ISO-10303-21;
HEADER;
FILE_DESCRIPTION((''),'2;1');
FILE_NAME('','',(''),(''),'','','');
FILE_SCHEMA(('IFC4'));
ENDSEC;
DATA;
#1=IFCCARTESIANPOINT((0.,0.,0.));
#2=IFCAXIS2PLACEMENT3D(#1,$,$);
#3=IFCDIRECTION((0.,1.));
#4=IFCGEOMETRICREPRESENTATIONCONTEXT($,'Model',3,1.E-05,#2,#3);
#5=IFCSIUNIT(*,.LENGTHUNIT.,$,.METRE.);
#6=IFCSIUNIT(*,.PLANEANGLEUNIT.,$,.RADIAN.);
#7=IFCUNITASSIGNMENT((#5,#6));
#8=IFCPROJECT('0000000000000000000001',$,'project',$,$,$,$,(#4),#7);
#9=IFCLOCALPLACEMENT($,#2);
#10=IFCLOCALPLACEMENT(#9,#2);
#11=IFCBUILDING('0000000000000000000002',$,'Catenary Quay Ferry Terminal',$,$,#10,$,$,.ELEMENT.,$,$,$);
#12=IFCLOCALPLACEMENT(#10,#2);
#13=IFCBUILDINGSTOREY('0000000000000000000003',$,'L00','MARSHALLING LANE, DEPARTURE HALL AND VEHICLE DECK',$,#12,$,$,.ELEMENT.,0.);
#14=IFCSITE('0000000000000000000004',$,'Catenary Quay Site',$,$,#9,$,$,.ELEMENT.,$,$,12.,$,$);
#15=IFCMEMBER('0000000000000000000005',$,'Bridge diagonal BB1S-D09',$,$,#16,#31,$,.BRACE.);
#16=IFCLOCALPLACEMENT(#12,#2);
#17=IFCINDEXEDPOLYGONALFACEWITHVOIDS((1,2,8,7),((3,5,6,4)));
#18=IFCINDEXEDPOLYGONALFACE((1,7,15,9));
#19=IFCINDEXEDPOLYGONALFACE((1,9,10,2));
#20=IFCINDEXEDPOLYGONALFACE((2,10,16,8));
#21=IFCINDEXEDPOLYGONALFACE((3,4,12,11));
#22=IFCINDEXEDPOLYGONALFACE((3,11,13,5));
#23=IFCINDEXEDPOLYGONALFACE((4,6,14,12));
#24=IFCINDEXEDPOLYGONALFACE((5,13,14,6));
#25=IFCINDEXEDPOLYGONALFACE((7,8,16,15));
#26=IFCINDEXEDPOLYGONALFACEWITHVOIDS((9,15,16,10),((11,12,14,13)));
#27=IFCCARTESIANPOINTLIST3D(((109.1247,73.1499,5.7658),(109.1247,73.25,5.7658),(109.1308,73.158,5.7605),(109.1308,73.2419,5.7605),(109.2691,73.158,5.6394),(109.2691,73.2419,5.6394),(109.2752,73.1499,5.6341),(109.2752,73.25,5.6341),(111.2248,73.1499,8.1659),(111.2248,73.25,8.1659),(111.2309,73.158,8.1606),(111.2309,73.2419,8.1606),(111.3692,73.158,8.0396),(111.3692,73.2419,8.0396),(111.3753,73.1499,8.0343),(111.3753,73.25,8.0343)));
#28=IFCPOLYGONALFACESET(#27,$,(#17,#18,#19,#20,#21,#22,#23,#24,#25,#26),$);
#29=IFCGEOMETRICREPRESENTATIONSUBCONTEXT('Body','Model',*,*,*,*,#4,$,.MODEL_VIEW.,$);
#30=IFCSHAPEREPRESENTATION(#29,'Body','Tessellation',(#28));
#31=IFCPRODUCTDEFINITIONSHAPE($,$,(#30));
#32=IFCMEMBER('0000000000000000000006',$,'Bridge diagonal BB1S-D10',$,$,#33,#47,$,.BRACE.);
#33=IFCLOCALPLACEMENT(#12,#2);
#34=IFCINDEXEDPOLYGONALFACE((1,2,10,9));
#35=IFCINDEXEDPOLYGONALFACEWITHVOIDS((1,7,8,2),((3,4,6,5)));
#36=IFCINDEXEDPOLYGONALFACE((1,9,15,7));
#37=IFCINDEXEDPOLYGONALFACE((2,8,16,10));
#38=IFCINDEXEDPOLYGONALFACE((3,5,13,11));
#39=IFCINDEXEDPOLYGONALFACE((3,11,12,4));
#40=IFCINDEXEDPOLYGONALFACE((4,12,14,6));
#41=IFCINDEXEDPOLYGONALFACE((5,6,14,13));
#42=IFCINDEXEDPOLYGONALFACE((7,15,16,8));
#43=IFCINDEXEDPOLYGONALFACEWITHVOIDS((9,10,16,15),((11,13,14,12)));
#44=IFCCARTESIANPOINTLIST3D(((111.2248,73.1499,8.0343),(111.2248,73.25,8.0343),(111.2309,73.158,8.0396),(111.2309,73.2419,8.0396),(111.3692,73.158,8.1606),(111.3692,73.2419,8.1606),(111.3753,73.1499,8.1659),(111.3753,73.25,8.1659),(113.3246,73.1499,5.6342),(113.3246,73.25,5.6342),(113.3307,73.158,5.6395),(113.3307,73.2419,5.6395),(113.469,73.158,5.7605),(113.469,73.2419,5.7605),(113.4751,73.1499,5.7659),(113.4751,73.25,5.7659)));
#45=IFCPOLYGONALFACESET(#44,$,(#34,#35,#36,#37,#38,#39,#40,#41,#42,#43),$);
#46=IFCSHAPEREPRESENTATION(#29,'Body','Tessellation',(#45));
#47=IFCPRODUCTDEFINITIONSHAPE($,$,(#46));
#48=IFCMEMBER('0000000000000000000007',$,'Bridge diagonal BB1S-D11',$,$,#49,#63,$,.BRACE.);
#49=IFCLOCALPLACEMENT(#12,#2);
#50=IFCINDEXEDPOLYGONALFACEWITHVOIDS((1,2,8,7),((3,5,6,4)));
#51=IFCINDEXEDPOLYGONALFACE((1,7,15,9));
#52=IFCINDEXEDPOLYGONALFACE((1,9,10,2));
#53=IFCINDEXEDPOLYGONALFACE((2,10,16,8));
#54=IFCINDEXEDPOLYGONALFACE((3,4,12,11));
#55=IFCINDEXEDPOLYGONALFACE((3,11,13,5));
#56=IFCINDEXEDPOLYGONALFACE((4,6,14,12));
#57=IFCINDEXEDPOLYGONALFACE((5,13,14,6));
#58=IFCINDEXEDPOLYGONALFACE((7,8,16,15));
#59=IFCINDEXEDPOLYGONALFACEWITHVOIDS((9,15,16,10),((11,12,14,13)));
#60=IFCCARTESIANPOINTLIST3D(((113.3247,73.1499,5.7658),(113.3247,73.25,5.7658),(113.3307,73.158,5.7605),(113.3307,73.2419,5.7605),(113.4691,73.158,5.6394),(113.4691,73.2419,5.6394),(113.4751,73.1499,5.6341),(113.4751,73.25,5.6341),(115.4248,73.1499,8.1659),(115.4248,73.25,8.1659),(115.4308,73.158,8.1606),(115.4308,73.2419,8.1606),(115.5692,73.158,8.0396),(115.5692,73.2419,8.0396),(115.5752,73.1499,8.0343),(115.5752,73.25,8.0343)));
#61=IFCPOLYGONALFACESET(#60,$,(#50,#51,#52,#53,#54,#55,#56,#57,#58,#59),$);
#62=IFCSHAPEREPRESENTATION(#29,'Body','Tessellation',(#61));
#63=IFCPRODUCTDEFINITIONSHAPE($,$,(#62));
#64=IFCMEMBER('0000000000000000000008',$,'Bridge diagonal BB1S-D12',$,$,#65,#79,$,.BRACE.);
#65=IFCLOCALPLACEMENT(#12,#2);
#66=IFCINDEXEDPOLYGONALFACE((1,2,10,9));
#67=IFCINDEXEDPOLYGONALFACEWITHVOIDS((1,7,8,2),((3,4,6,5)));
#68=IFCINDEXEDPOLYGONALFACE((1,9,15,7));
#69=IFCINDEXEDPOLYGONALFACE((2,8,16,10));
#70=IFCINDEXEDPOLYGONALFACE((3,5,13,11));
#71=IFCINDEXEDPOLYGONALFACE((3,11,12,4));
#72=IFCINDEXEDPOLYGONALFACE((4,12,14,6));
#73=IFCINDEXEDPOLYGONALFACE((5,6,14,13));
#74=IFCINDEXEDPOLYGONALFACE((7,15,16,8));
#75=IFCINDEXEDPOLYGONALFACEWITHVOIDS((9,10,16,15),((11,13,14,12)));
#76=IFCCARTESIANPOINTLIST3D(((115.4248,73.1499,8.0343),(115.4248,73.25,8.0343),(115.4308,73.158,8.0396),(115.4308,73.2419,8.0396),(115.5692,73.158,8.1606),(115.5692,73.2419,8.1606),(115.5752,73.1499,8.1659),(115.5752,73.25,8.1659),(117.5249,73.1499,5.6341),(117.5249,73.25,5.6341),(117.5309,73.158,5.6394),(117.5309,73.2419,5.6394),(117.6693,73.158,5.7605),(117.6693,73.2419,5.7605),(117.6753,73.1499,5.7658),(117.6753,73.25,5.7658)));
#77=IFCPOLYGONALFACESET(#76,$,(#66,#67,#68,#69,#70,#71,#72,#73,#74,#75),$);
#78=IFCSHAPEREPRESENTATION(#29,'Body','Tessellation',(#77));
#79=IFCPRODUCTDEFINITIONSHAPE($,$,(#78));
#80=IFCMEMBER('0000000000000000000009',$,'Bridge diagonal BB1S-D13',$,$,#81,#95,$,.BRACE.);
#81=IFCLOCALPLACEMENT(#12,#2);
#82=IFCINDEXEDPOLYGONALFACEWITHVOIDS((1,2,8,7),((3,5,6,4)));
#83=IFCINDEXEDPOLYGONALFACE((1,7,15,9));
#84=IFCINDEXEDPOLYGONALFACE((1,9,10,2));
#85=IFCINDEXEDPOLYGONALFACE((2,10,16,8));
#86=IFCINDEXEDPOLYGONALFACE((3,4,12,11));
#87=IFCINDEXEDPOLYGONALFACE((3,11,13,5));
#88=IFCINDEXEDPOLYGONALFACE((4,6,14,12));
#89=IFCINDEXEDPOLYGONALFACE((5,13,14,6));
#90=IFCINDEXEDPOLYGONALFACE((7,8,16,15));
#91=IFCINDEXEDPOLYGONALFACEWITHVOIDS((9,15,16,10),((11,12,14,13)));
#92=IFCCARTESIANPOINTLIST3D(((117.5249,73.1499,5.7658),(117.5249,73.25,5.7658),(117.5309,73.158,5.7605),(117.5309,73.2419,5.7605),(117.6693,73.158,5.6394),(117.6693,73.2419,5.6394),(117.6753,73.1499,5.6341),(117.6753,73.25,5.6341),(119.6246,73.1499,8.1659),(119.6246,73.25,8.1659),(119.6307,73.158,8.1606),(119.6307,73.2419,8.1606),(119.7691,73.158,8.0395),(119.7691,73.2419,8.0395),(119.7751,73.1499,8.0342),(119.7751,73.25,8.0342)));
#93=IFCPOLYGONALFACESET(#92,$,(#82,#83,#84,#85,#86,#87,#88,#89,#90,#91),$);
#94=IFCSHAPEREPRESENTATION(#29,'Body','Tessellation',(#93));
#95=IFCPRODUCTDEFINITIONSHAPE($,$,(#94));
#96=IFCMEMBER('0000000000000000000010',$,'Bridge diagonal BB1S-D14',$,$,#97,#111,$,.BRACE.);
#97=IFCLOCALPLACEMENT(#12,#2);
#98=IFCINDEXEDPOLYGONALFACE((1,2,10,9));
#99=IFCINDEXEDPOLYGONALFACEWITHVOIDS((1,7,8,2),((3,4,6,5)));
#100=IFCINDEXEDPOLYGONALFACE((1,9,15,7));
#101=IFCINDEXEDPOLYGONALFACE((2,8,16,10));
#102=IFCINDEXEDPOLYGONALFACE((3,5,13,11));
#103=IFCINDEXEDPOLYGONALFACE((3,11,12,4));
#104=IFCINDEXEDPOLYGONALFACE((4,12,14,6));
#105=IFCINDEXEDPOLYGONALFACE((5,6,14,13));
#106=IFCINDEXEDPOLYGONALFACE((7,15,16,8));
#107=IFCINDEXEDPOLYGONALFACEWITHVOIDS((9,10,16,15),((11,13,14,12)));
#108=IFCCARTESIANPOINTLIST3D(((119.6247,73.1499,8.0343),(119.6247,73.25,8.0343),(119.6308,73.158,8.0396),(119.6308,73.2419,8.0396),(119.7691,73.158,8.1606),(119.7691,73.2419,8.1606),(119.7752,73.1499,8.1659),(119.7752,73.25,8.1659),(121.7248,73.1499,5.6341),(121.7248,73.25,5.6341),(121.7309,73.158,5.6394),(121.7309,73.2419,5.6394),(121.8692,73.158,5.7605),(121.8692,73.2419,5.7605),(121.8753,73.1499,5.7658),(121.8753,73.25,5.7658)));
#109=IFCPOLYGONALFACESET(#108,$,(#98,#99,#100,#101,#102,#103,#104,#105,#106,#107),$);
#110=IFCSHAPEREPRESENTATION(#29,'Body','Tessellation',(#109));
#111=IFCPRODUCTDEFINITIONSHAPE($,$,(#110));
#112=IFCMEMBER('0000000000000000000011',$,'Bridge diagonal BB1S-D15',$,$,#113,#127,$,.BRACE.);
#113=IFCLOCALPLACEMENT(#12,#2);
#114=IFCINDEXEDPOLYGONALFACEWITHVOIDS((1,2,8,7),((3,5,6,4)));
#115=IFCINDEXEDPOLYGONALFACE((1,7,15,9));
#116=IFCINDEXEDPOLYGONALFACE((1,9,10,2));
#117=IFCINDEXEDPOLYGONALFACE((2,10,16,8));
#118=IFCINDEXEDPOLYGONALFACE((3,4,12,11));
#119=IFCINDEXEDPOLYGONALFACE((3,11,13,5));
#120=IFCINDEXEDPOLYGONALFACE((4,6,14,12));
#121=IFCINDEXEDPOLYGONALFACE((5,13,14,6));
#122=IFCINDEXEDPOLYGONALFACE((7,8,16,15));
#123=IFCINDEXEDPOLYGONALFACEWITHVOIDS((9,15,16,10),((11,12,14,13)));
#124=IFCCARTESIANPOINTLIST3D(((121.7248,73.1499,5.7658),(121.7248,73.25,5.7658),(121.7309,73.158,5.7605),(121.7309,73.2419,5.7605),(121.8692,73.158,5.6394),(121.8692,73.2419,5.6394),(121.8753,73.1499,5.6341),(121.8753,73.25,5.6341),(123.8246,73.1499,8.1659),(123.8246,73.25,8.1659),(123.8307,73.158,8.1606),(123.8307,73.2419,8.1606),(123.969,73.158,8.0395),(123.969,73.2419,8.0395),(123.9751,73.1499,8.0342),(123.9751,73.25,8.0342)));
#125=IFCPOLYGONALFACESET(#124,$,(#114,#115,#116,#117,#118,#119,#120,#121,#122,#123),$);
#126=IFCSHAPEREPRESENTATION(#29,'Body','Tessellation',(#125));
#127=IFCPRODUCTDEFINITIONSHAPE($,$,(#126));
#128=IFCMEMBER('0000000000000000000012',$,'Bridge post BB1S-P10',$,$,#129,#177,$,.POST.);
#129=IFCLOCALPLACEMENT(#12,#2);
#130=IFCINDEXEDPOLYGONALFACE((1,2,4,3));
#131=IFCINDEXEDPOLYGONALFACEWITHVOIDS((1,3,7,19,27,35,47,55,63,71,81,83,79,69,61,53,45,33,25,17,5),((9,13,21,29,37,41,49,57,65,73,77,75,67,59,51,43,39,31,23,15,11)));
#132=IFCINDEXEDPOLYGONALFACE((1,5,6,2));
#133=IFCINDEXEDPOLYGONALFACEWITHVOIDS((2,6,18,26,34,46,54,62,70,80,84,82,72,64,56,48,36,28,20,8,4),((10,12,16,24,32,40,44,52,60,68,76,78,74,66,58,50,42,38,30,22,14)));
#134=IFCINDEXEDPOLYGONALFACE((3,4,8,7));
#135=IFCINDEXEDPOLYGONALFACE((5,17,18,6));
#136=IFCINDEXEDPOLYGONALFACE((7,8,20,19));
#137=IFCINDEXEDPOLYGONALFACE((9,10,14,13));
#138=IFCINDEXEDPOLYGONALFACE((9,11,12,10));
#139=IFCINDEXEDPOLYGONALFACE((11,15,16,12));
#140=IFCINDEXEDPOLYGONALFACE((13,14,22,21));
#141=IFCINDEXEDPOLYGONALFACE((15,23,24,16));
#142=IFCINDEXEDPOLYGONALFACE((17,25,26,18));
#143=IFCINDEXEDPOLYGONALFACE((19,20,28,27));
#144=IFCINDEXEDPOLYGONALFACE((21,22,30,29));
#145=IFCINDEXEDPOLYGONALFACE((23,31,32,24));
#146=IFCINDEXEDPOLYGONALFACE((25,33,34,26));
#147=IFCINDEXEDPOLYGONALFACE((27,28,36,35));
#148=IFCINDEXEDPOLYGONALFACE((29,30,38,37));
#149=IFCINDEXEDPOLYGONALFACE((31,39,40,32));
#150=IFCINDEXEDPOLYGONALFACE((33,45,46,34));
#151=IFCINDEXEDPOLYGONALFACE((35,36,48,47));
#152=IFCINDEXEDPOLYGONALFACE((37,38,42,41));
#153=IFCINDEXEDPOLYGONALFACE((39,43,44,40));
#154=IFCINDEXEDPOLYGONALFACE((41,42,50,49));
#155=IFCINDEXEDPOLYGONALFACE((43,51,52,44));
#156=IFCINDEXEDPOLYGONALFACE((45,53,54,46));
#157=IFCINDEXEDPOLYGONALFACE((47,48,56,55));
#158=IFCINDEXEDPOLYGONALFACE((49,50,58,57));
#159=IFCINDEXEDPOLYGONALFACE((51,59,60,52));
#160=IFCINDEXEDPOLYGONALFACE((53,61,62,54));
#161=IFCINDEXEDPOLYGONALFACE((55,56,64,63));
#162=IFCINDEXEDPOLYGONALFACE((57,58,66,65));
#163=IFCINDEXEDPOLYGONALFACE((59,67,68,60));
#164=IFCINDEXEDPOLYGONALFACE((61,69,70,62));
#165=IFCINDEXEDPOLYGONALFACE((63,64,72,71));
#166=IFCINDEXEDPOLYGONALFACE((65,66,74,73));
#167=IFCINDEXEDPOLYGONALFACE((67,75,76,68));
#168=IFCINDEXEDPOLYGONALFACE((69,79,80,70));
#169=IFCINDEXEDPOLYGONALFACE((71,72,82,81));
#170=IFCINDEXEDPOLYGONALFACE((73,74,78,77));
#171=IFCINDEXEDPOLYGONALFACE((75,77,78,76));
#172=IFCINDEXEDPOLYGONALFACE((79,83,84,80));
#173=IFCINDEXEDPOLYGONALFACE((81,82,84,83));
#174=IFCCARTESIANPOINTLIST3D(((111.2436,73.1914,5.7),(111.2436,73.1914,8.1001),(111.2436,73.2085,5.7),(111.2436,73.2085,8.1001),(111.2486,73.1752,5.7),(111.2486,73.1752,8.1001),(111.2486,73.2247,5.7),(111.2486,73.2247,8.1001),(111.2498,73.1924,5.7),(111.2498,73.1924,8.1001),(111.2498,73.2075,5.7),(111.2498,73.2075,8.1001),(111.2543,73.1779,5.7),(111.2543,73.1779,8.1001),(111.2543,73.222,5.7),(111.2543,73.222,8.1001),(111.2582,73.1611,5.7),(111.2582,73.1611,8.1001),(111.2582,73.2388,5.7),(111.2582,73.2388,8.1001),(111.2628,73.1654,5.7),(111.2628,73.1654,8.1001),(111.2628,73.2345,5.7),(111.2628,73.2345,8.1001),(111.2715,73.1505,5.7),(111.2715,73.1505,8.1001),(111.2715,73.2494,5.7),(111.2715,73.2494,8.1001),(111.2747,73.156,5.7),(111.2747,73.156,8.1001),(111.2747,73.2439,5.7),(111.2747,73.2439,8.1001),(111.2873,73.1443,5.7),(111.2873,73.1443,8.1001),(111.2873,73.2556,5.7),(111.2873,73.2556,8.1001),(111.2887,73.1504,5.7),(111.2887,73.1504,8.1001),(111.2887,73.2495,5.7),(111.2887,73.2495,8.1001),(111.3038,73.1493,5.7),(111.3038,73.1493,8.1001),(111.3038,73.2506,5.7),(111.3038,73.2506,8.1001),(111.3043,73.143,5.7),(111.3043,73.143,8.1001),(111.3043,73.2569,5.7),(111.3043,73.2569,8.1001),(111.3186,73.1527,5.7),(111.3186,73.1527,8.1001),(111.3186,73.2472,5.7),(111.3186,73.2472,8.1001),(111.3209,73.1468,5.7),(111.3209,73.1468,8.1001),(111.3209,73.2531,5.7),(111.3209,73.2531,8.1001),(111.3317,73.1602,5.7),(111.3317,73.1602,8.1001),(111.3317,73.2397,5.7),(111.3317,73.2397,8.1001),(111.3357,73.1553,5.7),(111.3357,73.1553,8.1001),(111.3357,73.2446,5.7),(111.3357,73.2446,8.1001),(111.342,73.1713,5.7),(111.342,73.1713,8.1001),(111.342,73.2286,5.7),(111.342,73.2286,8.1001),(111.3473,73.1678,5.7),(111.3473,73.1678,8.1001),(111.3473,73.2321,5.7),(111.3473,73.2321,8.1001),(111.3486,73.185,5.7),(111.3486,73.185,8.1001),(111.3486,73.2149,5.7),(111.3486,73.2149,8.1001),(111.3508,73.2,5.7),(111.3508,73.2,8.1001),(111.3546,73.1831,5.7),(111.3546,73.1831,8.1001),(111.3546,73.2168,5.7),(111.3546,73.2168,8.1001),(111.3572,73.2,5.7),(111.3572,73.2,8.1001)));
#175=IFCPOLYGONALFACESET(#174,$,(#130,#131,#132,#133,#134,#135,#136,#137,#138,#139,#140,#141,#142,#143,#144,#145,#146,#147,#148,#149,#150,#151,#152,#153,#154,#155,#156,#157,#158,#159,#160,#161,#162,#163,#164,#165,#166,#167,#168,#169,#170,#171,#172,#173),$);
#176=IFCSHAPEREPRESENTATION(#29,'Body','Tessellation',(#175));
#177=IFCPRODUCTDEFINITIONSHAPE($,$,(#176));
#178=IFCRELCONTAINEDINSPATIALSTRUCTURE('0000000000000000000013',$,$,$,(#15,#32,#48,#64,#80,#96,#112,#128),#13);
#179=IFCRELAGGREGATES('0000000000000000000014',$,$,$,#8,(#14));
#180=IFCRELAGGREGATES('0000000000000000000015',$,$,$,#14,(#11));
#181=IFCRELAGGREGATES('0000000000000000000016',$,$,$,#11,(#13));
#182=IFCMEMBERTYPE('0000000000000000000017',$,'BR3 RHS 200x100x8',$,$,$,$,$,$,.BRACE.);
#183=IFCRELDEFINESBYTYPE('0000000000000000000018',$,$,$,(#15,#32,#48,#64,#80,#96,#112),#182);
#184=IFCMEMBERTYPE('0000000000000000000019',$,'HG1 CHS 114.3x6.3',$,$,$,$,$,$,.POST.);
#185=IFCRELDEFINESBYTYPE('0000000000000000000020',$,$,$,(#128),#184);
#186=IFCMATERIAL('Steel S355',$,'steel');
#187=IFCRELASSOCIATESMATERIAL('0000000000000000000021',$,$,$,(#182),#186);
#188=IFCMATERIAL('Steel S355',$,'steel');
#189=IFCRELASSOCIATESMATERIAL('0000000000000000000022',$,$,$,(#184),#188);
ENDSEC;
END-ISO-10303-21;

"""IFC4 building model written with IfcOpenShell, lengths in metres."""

from ifc_helpers import new_model, si_unit, direction, frame, origin, origin_2d, place, context, subcontext, project, spatial, hollow_rectangle, hollow_circle, extrude, material, material_profile, profile_set, type_object, element, save


model = new_model("IFC4")

# Units and contexts
model_context = context("Model", 3, precision=1e-05, world=origin(), true_north=direction((0.0, 1.0)))
body_context = subcontext(model_context, "Body", "Model", "MODEL_VIEW")
ifc_project = project(units=[si_unit("LENGTHUNIT", "METRE"), si_unit("PLANEANGLEUNIT", "RADIAN")], contexts=[model_context])

# Site, building, storey
site_placement = place(None, origin())
site = spatial("IfcSite", under=ifc_project, at=site_placement, Name="Catenary Quay Site", CompositionType="ELEMENT", RefElevation=12.0)
building_placement = place(site_placement, origin())
building = spatial("IfcBuilding", under=site, at=building_placement, Name="Catenary Quay Ferry Terminal", CompositionType="ELEMENT")
storey_placement = place(building_placement, origin())
storey = spatial("IfcBuildingStorey", under=building, at=storey_placement, Name="L00", Description="MARSHALLING LANE, DEPARTURE HALL AND VEHICLE DECK", CompositionType="ELEMENT", Elevation=0.0)

# Members
ifc_material_1 = material(Name="Steel S355", Category="steel")
ifc_material_profile_1 = material_profile(ifc_material_1, hollow_rectangle(XDim=0.1001, YDim=0.2, WallThickness=0.0081, at=origin_2d()), Name="RHS 200x100x8")
ifc_profile_set_1 = profile_set([ifc_material_profile_1], Name="Steel S355")
member_type_1 = type_object("IfcMemberType", Name="BR3 RHS 200x100x8", PredefinedType="BRACE", material=ifc_profile_set_1)
member_1_placement = place(storey_placement, frame((109.2, 73.2, 5.7), z_axis=(0.658499, 0.0, 0.752581), x_axis=(0.0, 1.0, 0.0)))
element("IfcMember", 1, at=member_1_placement, inside=storey, type_object=member_type_1, Name="Bridge diagonal BB1S-D09", PredefinedType="BRACE", context=body_context, shape_type="SweptSolid", body=[
    extrude(hollow_rectangle(XDim=0.1001, YDim=0.2, WallThickness=0.0081, at=origin_2d()), origin(), (0.0, 0.0, 1.0), 3.1892),
])
member_2_placement = place(storey_placement, frame((111.3, 73.2, 8.1001), z_axis=(0.658456, 0.0, -0.752619), x_axis=(0.0, 1.0, 0.0)))
element("IfcMember", 2, at=member_2_placement, inside=storey, type_object=member_type_1, Name="Bridge diagonal BB1S-D10", PredefinedType="BRACE", context=body_context, shape_type="SweptSolid", body=[
    extrude(hollow_rectangle(XDim=0.1001, YDim=0.2, WallThickness=0.0081, at=origin_2d()), origin(), (0.0, 0.0, 1.0), 3.189),
])
for number, where, z_axis, x_axis, name in (
    (3, (113.3999, 73.2, 5.7), (0.658499, 0.0, 0.752581), (0.0, 1.0, 0.0), "Bridge diagonal BB1S-D11"),
    (4, (115.5, 73.2, 8.1001), (0.658499, 0.0, -0.752581), (0.0, 1.0, 0.0), "Bridge diagonal BB1S-D12"),
):
    element("IfcMember", number, at=place(storey_placement, frame(where, z_axis=z_axis, x_axis=x_axis)), inside=storey, type_object=member_type_1, Name=name, PredefinedType="BRACE", context=body_context, shape_type="SweptSolid", body=[
        extrude(hollow_rectangle(XDim=0.1001, YDim=0.2, WallThickness=0.0081, at=origin_2d()), origin(), (0.0, 0.0, 1.0), 3.1892),
    ])
member_3_placement = place(storey_placement, frame((117.6001, 73.2, 5.7), z_axis=(0.658456, 0.0, 0.752619), x_axis=(0.0, 1.0, 0.0)))
element("IfcMember", 5, at=member_3_placement, inside=storey, type_object=member_type_1, Name="Bridge diagonal BB1S-D13", PredefinedType="BRACE", context=body_context, shape_type="SweptSolid", body=[
    extrude(hollow_rectangle(XDim=0.1001, YDim=0.2, WallThickness=0.0081, at=origin_2d()), origin(), (0.0, 0.0, 1.0), 3.189),
])
member_4_placement = place(storey_placement, frame((119.7, 73.2, 8.1001), z_axis=(0.658499, 0.0, -0.752581), x_axis=(0.0, 1.0, 0.0)))
element("IfcMember", 6, at=member_4_placement, inside=storey, type_object=member_type_1, Name="Bridge diagonal BB1S-D14", PredefinedType="BRACE", context=body_context, shape_type="SweptSolid", body=[
    extrude(hollow_rectangle(XDim=0.1001, YDim=0.2, WallThickness=0.0081, at=origin_2d()), origin(), (0.0, 0.0, 1.0), 3.1892),
])
member_5_placement = place(storey_placement, frame((121.8, 73.2, 5.7), z_axis=(0.658456, 0.0, 0.752619), x_axis=(0.0, 1.0, 0.0)))
element("IfcMember", 7, at=member_5_placement, inside=storey, type_object=member_type_1, Name="Bridge diagonal BB1S-D15", PredefinedType="BRACE", context=body_context, shape_type="SweptSolid", body=[
    extrude(hollow_rectangle(XDim=0.1001, YDim=0.2, WallThickness=0.0081, at=origin_2d()), origin(), (0.0, 0.0, 1.0), 3.189),
])
ifc_material_2 = material(Name="Steel S355", Category="steel")
ifc_material_profile_2 = material_profile(ifc_material_2, hollow_circle(Radius=0.0571, WallThickness=0.0063, at=origin_2d()), Name="CHS 114.3x6.3")
ifc_profile_set_2 = profile_set([ifc_material_profile_2], Name="Steel S355")
member_type_2 = type_object("IfcMemberType", Name="HG1 CHS 114.3x6.3", PredefinedType="POST", material=ifc_profile_set_2)
for number, where, z_axis, x_axis, name in (
    (8, (111.3, 73.2, 5.7), (0.0, 0.0, 1.0), (1.0, 0.0, 0.0), "Bridge post BB1S-P10"),
):
    element("IfcMember", number, at=place(storey_placement, frame(where, z_axis=z_axis, x_axis=x_axis)), inside=storey, type_object=member_type_2, Name=name, PredefinedType="POST", context=body_context, shape_type="SweptSolid", body=[
        extrude(hollow_circle(Radius=0.0571, WallThickness=0.0063, at=origin_2d()), origin(), (0.0, 0.0, 1.0), 2.4001),
    ])

save(model, "model.ifc")
